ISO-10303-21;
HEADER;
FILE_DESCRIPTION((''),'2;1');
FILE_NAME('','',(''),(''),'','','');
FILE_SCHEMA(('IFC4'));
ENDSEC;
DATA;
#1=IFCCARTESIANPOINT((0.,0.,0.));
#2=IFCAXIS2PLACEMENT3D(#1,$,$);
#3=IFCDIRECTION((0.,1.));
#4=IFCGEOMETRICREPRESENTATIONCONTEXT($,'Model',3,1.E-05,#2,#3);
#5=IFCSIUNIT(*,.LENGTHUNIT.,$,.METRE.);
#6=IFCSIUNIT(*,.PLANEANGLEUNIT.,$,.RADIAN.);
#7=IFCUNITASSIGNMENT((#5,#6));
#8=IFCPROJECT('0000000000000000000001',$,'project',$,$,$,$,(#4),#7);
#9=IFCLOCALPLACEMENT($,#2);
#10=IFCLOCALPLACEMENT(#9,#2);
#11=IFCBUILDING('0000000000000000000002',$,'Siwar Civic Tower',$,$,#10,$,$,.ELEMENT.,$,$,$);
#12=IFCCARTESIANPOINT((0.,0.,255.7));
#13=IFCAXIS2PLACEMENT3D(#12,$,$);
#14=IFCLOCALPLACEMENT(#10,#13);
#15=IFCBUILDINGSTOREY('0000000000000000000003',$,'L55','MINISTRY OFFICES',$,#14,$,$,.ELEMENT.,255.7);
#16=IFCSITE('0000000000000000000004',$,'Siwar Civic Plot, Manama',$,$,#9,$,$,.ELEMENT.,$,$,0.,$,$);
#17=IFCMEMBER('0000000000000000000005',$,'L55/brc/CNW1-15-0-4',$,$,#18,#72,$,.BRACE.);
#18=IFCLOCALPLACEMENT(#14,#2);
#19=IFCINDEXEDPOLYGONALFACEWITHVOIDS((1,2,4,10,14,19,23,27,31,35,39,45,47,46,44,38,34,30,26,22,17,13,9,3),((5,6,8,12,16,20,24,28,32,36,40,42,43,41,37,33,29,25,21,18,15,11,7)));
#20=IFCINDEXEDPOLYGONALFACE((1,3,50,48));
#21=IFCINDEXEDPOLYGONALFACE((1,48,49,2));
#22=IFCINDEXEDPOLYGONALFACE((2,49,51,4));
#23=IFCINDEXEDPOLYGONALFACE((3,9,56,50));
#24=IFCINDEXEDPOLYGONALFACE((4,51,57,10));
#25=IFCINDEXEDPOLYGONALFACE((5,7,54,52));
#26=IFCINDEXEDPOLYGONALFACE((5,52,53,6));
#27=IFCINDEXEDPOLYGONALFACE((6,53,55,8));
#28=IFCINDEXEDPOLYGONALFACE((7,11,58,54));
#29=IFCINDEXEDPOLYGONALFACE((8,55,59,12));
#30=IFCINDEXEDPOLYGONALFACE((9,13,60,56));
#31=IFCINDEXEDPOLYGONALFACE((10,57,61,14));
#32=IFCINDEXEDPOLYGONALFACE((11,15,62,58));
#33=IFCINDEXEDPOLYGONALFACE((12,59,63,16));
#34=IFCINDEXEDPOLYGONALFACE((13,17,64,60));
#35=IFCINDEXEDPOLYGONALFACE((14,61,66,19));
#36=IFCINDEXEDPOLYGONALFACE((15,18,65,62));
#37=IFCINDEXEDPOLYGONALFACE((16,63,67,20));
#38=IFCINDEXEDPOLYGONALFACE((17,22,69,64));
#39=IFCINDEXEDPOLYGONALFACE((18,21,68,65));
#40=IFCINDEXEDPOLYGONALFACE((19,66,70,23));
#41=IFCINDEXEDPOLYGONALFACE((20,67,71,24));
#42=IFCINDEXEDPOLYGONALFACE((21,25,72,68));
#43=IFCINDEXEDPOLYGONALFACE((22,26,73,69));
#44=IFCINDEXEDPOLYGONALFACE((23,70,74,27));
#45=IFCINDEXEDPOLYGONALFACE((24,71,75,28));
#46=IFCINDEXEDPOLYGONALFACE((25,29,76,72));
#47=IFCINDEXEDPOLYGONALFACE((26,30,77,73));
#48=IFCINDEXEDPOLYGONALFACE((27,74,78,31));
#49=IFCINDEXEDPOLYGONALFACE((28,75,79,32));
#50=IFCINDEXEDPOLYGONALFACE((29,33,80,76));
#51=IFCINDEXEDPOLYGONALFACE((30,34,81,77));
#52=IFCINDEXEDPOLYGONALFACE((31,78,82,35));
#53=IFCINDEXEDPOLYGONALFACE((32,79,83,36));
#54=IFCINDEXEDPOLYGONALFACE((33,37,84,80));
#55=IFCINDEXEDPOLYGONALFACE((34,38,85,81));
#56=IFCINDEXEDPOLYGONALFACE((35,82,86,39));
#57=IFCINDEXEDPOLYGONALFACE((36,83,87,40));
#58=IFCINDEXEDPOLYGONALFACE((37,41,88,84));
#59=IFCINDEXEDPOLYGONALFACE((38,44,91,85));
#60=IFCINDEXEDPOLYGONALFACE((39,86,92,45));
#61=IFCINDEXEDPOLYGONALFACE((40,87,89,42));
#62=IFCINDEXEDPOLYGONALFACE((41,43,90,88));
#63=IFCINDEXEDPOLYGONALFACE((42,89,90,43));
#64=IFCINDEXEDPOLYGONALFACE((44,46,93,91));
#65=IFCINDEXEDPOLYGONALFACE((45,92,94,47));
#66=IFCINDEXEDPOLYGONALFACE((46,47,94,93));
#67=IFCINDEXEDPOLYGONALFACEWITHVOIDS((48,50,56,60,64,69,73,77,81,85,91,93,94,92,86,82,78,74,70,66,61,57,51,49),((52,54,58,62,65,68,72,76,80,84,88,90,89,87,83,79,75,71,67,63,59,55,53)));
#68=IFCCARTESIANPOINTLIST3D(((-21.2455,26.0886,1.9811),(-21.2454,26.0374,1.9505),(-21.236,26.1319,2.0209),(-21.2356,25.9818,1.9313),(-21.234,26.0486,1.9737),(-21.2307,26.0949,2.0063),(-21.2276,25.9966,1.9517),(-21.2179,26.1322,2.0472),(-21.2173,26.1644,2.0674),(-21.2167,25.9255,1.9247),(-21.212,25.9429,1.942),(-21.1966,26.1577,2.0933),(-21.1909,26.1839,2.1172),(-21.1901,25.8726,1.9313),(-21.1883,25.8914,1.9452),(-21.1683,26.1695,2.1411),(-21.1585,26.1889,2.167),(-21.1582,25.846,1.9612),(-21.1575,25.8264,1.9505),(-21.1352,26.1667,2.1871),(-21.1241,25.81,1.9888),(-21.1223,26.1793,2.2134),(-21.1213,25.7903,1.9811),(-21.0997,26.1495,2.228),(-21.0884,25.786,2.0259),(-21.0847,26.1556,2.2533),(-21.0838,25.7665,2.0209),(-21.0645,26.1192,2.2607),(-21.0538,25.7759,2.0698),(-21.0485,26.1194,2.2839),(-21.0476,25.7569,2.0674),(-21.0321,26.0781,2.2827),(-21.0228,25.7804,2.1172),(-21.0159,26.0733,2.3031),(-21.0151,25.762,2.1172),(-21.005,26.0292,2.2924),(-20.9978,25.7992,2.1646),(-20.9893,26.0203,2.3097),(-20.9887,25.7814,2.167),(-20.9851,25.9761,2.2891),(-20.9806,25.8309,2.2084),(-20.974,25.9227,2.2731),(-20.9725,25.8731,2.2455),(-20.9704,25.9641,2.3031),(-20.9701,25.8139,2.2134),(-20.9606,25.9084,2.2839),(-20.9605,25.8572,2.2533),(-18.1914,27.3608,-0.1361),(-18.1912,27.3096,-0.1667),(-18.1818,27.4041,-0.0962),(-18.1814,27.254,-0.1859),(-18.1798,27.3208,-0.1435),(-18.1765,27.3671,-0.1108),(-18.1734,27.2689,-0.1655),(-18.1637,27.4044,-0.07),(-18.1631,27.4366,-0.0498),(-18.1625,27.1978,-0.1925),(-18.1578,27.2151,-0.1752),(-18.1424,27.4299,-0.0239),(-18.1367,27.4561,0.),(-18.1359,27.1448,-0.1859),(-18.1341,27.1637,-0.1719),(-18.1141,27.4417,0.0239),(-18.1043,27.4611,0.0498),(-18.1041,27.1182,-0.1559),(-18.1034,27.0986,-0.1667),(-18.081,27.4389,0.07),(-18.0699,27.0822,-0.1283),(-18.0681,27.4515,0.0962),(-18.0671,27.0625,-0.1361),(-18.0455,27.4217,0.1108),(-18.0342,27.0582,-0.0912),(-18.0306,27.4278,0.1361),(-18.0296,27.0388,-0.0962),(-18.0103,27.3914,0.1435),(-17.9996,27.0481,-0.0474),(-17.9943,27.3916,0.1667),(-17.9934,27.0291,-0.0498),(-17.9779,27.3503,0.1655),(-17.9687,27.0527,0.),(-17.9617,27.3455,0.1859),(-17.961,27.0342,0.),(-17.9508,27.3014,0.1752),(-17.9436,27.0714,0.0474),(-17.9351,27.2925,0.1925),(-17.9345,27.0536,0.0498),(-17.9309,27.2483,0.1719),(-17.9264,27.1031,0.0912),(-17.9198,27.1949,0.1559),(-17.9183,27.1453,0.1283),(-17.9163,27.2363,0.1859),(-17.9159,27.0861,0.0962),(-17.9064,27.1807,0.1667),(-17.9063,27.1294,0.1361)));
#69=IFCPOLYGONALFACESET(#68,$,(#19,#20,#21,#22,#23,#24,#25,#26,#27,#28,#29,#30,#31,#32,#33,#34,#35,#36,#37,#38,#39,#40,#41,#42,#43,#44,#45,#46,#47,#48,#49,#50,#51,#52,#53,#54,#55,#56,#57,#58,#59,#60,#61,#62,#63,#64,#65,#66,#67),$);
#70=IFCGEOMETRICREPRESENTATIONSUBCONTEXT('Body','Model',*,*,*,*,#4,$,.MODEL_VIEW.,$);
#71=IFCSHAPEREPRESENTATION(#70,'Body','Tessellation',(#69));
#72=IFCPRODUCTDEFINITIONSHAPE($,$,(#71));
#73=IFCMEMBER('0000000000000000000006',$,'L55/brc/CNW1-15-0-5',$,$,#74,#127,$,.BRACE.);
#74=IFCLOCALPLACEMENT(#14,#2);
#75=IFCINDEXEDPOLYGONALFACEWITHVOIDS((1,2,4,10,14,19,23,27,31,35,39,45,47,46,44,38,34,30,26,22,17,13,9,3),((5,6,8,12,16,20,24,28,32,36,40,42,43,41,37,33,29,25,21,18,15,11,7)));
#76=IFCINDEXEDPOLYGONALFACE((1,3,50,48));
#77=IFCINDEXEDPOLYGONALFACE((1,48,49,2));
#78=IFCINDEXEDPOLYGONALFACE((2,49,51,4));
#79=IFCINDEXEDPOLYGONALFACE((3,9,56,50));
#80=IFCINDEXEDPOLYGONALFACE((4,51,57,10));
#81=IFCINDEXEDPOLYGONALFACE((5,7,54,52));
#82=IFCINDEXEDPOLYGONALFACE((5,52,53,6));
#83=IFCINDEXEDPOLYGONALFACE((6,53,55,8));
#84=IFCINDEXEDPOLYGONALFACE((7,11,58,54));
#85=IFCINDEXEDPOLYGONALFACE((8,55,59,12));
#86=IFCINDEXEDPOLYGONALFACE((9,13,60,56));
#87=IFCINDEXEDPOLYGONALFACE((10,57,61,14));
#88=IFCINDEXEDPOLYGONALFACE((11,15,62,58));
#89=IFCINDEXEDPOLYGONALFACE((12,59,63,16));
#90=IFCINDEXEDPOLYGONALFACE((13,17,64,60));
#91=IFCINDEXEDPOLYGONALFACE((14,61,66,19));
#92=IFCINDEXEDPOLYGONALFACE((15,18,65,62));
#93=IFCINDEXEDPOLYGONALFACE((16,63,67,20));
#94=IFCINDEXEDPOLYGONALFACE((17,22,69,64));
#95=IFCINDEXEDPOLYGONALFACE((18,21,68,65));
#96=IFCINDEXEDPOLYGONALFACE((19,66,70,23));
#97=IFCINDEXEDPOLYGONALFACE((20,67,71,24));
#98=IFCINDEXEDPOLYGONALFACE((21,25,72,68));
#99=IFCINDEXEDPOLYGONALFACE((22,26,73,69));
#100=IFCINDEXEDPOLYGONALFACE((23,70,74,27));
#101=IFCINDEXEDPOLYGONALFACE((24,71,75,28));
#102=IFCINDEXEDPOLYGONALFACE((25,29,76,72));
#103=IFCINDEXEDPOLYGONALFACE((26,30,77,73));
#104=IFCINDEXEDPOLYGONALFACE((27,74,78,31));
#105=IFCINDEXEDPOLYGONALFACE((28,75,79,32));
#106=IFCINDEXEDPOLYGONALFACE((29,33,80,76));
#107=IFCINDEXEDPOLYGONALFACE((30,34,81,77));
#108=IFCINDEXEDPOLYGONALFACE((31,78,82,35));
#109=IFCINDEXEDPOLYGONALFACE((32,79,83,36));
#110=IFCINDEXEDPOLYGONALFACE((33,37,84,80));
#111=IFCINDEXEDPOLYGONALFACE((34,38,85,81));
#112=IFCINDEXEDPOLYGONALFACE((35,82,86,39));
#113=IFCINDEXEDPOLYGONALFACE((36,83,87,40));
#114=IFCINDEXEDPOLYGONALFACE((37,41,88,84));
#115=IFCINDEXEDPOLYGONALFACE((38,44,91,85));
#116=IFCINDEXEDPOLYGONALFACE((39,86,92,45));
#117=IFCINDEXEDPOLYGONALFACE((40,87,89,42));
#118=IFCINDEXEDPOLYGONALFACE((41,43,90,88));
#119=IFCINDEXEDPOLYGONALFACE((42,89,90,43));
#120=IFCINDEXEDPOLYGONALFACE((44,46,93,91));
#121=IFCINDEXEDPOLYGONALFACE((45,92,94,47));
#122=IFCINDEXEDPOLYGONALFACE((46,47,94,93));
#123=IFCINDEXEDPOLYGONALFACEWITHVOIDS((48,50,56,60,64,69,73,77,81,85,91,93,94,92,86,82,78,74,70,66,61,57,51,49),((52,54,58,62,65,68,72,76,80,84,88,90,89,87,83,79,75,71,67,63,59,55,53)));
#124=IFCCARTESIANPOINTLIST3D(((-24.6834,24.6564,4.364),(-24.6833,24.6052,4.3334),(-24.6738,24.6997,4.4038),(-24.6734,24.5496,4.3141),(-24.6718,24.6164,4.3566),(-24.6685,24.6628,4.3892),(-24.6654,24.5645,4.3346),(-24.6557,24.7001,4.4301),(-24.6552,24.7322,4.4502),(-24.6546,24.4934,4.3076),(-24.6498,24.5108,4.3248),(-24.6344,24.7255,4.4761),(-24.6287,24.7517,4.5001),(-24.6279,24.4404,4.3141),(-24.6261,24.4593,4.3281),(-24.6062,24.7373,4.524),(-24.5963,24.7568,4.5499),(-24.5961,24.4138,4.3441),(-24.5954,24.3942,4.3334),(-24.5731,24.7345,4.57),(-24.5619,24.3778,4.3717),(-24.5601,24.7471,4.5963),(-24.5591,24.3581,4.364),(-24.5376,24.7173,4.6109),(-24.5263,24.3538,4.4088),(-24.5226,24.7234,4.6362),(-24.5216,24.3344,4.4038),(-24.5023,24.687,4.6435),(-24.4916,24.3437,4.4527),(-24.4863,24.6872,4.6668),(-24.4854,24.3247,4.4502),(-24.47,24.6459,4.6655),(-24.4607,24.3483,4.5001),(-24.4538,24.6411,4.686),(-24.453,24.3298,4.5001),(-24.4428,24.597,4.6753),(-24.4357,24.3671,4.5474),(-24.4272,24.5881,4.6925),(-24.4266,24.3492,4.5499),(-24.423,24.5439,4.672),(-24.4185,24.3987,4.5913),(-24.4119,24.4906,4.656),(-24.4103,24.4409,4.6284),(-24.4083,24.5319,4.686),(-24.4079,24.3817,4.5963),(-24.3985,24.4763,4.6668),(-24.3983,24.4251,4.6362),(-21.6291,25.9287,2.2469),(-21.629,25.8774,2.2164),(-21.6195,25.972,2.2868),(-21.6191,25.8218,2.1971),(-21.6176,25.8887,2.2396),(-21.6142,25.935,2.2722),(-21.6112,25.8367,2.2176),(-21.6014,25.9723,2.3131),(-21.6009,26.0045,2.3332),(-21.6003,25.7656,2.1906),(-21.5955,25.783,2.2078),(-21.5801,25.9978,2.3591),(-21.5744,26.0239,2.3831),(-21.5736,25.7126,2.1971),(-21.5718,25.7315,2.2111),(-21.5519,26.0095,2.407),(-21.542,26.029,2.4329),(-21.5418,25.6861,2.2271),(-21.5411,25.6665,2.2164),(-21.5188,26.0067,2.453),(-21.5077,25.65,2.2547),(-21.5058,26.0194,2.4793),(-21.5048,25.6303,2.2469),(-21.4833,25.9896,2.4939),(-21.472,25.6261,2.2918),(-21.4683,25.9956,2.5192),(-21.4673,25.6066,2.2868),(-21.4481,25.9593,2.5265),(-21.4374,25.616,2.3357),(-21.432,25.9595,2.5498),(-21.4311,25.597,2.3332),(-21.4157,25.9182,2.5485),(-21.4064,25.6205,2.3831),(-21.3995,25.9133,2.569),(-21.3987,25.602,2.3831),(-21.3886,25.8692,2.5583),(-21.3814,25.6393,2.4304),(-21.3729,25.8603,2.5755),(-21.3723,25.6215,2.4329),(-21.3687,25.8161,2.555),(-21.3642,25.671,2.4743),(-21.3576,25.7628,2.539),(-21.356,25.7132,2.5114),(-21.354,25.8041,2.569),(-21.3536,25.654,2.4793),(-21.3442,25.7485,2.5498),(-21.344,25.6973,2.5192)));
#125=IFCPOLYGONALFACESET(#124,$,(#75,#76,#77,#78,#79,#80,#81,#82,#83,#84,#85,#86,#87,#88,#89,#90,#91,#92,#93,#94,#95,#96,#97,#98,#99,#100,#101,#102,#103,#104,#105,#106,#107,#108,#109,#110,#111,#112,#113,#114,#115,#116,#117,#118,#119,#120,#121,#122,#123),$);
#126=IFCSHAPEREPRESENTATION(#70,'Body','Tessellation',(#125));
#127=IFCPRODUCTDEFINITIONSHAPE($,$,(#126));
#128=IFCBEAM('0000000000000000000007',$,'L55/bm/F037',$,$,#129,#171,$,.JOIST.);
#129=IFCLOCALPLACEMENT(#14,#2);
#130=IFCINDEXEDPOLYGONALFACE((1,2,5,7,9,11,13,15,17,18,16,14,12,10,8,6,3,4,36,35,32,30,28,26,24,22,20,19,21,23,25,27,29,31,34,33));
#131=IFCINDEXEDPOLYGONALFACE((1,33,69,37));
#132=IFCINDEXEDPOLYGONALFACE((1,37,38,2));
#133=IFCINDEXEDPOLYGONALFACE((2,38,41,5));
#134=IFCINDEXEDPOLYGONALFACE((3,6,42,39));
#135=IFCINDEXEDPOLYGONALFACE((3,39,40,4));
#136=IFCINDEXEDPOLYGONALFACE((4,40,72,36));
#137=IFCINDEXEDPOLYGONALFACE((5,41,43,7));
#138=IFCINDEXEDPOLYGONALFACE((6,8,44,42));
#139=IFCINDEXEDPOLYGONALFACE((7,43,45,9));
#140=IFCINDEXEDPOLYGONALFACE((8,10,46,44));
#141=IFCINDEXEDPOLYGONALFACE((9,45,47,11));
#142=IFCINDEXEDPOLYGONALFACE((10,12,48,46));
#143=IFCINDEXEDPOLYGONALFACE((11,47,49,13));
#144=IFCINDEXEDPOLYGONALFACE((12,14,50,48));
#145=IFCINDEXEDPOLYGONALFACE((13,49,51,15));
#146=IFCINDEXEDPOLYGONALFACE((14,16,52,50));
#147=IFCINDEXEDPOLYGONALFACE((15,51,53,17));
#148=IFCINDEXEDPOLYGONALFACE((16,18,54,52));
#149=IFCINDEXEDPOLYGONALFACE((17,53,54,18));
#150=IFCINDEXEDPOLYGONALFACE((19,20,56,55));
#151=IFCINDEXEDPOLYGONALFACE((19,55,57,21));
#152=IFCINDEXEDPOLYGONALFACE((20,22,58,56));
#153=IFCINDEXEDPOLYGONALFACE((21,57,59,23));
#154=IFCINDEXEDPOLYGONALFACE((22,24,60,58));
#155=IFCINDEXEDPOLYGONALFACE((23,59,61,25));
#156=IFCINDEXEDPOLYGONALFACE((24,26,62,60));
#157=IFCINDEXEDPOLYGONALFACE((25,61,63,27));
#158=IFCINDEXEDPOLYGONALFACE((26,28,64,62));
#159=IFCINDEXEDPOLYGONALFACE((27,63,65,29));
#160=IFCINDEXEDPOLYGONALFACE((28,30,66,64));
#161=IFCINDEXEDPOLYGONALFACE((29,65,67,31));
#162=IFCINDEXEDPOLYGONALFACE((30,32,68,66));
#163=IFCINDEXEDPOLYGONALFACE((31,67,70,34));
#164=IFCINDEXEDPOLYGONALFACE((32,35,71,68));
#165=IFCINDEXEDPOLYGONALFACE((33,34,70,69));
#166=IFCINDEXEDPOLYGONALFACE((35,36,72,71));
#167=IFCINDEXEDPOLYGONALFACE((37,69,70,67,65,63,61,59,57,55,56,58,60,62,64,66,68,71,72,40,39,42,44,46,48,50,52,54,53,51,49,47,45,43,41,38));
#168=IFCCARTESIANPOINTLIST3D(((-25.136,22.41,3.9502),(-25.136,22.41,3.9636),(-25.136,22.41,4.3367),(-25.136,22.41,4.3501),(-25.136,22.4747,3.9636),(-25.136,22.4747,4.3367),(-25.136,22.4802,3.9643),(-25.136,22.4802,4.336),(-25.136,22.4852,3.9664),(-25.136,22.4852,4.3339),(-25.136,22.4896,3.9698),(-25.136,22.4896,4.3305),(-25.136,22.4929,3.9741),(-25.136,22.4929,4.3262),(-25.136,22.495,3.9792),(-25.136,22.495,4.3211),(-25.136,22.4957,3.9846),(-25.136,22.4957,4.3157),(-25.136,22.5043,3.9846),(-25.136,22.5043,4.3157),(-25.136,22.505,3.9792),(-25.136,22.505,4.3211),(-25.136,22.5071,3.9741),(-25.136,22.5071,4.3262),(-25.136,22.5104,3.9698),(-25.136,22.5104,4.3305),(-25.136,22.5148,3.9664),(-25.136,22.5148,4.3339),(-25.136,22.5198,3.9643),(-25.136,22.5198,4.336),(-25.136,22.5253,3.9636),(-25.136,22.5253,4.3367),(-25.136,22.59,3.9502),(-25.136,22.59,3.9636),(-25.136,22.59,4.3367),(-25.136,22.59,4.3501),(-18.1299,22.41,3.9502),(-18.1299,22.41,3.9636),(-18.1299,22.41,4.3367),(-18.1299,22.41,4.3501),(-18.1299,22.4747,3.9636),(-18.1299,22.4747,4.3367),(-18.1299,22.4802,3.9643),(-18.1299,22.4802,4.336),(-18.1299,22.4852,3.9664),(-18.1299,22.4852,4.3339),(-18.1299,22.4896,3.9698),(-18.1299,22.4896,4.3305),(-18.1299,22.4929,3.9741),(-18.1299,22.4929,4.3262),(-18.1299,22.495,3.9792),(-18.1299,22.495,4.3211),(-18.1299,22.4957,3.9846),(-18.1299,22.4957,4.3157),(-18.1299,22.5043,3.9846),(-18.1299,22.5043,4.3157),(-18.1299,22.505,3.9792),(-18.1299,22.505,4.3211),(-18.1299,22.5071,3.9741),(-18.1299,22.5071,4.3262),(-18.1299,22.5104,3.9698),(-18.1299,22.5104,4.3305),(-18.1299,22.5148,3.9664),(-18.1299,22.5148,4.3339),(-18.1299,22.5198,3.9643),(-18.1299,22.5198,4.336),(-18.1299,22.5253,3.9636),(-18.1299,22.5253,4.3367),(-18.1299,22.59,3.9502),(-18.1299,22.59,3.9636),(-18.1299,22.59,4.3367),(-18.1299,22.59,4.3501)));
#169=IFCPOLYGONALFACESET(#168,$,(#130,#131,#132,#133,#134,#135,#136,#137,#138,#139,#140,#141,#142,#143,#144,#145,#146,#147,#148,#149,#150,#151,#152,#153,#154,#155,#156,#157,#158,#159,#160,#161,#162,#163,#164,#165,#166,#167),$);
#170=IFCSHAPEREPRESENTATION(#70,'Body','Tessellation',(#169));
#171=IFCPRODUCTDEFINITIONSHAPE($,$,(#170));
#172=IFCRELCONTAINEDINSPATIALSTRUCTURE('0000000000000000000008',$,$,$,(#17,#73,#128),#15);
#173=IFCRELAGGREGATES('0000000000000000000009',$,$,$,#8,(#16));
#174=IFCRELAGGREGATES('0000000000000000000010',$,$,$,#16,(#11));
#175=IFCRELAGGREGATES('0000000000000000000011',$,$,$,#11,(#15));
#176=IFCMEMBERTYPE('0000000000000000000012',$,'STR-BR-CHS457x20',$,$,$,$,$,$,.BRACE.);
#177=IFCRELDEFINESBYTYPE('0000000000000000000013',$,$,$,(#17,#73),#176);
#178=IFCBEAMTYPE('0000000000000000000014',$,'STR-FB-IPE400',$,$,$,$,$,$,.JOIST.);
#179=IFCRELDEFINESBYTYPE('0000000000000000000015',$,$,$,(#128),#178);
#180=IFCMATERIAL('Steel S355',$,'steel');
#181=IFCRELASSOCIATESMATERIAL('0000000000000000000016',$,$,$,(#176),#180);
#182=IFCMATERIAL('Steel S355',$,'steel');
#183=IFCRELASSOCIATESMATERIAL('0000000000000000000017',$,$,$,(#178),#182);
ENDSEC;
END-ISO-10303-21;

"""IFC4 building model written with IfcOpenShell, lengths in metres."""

from ifc_helpers import new_model, si_unit, direction, frame, origin, origin_2d, place, context, subcontext, project, spatial, hollow_circle, i_section, extrude, material, material_profile, profile_set, type_object, element, save


model = new_model("IFC4")

# Units and contexts
model_context = context("Model", 3, precision=1e-05, world=origin(), true_north=direction((0.0, 1.0)))
body_context = subcontext(model_context, "Body", "Model", "MODEL_VIEW")
ifc_project = project(units=[si_unit("LENGTHUNIT", "METRE"), si_unit("PLANEANGLEUNIT", "RADIAN")], contexts=[model_context])

# Site, building, storey
site_placement = place(None, origin())
site = spatial("IfcSite", under=ifc_project, at=site_placement, Name="Siwar Civic Plot, Manama", CompositionType="ELEMENT", RefElevation=0.0)
building_placement = place(site_placement, origin())
building = spatial("IfcBuilding", under=site, at=building_placement, Name="Siwar Civic Tower", CompositionType="ELEMENT")
storey_placement = place(building_placement, frame((0.0, 0.0, 255.7)))
storey = spatial("IfcBuildingStorey", under=building, at=storey_placement, Name="L55", Description="MINISTRY OFFICES", CompositionType="ELEMENT", Elevation=255.7)

# Members
ifc_material_1 = material(Name="Steel S355", Category="steel")
ifc_material_profile_1 = material_profile(ifc_material_1, hollow_circle(Radius=0.2285, WallThickness=0.02, at=origin_2d()), Name="CHS457x20")
ifc_profile_set_1 = profile_set([ifc_material_profile_1], Name="Steel S355")
member_type_1 = type_object("IfcMemberType", Name="STR-BR-CHS457x20", PredefinedType="BRACE", material=ifc_profile_set_1)
for number, where, z_axis, x_axis, name in (
    (1, (-18.0488, 27.2451, 0.0), (-0.777546, -0.323884, 0.538999), (0.384521, -0.923116, 0.0), "L55/brc/CNW1-15-0-4"),
    (2, (-21.4866, 25.813, 2.3831), (-0.777572, -0.323895, 0.538955), (0.384521, -0.923116, 0.0), "L55/brc/CNW1-15-0-5"),
):
    element("IfcMember", number, at=place(storey_placement, frame(where, z_axis=z_axis, x_axis=x_axis)), inside=storey, type_object=member_type_1, Name=name, PredefinedType="BRACE", context=body_context, shape_type="SweptSolid", body=[
        extrude(hollow_circle(Radius=0.2285, WallThickness=0.02, at=origin_2d()), origin(), (0.0, 0.0, 1.0), 3.928),
    ])

# Beam
ifc_material_2 = material(Name="Steel S355", Category="steel")
ifc_material_profile_2 = material_profile(ifc_material_2, i_section(OverallWidth=0.1799, OverallDepth=0.3999, WebThickness=0.0085, FlangeThickness=0.0134, FilletRadius=0.021, at=origin_2d()), Name="IPE400")
ifc_profile_set_2 = profile_set([ifc_material_profile_2], Name="Steel S355")
beam_type_1 = type_object("IfcBeamType", Name="STR-FB-IPE400", PredefinedType="JOIST", material=ifc_profile_set_2)
beam_1_placement = place(storey_placement, frame((-25.136, 22.5, 4.1501), z_axis=(1.0, 0.0, 0.0), x_axis=(0.0, 1.0, 0.0)))
element("IfcBeam", 3, at=beam_1_placement, inside=storey, type_object=beam_type_1, Name="L55/bm/F037", PredefinedType="JOIST", context=body_context, shape_type="SweptSolid", body=[
    extrude(i_section(OverallWidth=0.1799, OverallDepth=0.3999, WebThickness=0.0085, FlangeThickness=0.0134, FilletRadius=0.021, at=origin_2d()), origin(), (0.0, 0.0, 1.0), 7.0061),
])

save(model, "model.ifc")
